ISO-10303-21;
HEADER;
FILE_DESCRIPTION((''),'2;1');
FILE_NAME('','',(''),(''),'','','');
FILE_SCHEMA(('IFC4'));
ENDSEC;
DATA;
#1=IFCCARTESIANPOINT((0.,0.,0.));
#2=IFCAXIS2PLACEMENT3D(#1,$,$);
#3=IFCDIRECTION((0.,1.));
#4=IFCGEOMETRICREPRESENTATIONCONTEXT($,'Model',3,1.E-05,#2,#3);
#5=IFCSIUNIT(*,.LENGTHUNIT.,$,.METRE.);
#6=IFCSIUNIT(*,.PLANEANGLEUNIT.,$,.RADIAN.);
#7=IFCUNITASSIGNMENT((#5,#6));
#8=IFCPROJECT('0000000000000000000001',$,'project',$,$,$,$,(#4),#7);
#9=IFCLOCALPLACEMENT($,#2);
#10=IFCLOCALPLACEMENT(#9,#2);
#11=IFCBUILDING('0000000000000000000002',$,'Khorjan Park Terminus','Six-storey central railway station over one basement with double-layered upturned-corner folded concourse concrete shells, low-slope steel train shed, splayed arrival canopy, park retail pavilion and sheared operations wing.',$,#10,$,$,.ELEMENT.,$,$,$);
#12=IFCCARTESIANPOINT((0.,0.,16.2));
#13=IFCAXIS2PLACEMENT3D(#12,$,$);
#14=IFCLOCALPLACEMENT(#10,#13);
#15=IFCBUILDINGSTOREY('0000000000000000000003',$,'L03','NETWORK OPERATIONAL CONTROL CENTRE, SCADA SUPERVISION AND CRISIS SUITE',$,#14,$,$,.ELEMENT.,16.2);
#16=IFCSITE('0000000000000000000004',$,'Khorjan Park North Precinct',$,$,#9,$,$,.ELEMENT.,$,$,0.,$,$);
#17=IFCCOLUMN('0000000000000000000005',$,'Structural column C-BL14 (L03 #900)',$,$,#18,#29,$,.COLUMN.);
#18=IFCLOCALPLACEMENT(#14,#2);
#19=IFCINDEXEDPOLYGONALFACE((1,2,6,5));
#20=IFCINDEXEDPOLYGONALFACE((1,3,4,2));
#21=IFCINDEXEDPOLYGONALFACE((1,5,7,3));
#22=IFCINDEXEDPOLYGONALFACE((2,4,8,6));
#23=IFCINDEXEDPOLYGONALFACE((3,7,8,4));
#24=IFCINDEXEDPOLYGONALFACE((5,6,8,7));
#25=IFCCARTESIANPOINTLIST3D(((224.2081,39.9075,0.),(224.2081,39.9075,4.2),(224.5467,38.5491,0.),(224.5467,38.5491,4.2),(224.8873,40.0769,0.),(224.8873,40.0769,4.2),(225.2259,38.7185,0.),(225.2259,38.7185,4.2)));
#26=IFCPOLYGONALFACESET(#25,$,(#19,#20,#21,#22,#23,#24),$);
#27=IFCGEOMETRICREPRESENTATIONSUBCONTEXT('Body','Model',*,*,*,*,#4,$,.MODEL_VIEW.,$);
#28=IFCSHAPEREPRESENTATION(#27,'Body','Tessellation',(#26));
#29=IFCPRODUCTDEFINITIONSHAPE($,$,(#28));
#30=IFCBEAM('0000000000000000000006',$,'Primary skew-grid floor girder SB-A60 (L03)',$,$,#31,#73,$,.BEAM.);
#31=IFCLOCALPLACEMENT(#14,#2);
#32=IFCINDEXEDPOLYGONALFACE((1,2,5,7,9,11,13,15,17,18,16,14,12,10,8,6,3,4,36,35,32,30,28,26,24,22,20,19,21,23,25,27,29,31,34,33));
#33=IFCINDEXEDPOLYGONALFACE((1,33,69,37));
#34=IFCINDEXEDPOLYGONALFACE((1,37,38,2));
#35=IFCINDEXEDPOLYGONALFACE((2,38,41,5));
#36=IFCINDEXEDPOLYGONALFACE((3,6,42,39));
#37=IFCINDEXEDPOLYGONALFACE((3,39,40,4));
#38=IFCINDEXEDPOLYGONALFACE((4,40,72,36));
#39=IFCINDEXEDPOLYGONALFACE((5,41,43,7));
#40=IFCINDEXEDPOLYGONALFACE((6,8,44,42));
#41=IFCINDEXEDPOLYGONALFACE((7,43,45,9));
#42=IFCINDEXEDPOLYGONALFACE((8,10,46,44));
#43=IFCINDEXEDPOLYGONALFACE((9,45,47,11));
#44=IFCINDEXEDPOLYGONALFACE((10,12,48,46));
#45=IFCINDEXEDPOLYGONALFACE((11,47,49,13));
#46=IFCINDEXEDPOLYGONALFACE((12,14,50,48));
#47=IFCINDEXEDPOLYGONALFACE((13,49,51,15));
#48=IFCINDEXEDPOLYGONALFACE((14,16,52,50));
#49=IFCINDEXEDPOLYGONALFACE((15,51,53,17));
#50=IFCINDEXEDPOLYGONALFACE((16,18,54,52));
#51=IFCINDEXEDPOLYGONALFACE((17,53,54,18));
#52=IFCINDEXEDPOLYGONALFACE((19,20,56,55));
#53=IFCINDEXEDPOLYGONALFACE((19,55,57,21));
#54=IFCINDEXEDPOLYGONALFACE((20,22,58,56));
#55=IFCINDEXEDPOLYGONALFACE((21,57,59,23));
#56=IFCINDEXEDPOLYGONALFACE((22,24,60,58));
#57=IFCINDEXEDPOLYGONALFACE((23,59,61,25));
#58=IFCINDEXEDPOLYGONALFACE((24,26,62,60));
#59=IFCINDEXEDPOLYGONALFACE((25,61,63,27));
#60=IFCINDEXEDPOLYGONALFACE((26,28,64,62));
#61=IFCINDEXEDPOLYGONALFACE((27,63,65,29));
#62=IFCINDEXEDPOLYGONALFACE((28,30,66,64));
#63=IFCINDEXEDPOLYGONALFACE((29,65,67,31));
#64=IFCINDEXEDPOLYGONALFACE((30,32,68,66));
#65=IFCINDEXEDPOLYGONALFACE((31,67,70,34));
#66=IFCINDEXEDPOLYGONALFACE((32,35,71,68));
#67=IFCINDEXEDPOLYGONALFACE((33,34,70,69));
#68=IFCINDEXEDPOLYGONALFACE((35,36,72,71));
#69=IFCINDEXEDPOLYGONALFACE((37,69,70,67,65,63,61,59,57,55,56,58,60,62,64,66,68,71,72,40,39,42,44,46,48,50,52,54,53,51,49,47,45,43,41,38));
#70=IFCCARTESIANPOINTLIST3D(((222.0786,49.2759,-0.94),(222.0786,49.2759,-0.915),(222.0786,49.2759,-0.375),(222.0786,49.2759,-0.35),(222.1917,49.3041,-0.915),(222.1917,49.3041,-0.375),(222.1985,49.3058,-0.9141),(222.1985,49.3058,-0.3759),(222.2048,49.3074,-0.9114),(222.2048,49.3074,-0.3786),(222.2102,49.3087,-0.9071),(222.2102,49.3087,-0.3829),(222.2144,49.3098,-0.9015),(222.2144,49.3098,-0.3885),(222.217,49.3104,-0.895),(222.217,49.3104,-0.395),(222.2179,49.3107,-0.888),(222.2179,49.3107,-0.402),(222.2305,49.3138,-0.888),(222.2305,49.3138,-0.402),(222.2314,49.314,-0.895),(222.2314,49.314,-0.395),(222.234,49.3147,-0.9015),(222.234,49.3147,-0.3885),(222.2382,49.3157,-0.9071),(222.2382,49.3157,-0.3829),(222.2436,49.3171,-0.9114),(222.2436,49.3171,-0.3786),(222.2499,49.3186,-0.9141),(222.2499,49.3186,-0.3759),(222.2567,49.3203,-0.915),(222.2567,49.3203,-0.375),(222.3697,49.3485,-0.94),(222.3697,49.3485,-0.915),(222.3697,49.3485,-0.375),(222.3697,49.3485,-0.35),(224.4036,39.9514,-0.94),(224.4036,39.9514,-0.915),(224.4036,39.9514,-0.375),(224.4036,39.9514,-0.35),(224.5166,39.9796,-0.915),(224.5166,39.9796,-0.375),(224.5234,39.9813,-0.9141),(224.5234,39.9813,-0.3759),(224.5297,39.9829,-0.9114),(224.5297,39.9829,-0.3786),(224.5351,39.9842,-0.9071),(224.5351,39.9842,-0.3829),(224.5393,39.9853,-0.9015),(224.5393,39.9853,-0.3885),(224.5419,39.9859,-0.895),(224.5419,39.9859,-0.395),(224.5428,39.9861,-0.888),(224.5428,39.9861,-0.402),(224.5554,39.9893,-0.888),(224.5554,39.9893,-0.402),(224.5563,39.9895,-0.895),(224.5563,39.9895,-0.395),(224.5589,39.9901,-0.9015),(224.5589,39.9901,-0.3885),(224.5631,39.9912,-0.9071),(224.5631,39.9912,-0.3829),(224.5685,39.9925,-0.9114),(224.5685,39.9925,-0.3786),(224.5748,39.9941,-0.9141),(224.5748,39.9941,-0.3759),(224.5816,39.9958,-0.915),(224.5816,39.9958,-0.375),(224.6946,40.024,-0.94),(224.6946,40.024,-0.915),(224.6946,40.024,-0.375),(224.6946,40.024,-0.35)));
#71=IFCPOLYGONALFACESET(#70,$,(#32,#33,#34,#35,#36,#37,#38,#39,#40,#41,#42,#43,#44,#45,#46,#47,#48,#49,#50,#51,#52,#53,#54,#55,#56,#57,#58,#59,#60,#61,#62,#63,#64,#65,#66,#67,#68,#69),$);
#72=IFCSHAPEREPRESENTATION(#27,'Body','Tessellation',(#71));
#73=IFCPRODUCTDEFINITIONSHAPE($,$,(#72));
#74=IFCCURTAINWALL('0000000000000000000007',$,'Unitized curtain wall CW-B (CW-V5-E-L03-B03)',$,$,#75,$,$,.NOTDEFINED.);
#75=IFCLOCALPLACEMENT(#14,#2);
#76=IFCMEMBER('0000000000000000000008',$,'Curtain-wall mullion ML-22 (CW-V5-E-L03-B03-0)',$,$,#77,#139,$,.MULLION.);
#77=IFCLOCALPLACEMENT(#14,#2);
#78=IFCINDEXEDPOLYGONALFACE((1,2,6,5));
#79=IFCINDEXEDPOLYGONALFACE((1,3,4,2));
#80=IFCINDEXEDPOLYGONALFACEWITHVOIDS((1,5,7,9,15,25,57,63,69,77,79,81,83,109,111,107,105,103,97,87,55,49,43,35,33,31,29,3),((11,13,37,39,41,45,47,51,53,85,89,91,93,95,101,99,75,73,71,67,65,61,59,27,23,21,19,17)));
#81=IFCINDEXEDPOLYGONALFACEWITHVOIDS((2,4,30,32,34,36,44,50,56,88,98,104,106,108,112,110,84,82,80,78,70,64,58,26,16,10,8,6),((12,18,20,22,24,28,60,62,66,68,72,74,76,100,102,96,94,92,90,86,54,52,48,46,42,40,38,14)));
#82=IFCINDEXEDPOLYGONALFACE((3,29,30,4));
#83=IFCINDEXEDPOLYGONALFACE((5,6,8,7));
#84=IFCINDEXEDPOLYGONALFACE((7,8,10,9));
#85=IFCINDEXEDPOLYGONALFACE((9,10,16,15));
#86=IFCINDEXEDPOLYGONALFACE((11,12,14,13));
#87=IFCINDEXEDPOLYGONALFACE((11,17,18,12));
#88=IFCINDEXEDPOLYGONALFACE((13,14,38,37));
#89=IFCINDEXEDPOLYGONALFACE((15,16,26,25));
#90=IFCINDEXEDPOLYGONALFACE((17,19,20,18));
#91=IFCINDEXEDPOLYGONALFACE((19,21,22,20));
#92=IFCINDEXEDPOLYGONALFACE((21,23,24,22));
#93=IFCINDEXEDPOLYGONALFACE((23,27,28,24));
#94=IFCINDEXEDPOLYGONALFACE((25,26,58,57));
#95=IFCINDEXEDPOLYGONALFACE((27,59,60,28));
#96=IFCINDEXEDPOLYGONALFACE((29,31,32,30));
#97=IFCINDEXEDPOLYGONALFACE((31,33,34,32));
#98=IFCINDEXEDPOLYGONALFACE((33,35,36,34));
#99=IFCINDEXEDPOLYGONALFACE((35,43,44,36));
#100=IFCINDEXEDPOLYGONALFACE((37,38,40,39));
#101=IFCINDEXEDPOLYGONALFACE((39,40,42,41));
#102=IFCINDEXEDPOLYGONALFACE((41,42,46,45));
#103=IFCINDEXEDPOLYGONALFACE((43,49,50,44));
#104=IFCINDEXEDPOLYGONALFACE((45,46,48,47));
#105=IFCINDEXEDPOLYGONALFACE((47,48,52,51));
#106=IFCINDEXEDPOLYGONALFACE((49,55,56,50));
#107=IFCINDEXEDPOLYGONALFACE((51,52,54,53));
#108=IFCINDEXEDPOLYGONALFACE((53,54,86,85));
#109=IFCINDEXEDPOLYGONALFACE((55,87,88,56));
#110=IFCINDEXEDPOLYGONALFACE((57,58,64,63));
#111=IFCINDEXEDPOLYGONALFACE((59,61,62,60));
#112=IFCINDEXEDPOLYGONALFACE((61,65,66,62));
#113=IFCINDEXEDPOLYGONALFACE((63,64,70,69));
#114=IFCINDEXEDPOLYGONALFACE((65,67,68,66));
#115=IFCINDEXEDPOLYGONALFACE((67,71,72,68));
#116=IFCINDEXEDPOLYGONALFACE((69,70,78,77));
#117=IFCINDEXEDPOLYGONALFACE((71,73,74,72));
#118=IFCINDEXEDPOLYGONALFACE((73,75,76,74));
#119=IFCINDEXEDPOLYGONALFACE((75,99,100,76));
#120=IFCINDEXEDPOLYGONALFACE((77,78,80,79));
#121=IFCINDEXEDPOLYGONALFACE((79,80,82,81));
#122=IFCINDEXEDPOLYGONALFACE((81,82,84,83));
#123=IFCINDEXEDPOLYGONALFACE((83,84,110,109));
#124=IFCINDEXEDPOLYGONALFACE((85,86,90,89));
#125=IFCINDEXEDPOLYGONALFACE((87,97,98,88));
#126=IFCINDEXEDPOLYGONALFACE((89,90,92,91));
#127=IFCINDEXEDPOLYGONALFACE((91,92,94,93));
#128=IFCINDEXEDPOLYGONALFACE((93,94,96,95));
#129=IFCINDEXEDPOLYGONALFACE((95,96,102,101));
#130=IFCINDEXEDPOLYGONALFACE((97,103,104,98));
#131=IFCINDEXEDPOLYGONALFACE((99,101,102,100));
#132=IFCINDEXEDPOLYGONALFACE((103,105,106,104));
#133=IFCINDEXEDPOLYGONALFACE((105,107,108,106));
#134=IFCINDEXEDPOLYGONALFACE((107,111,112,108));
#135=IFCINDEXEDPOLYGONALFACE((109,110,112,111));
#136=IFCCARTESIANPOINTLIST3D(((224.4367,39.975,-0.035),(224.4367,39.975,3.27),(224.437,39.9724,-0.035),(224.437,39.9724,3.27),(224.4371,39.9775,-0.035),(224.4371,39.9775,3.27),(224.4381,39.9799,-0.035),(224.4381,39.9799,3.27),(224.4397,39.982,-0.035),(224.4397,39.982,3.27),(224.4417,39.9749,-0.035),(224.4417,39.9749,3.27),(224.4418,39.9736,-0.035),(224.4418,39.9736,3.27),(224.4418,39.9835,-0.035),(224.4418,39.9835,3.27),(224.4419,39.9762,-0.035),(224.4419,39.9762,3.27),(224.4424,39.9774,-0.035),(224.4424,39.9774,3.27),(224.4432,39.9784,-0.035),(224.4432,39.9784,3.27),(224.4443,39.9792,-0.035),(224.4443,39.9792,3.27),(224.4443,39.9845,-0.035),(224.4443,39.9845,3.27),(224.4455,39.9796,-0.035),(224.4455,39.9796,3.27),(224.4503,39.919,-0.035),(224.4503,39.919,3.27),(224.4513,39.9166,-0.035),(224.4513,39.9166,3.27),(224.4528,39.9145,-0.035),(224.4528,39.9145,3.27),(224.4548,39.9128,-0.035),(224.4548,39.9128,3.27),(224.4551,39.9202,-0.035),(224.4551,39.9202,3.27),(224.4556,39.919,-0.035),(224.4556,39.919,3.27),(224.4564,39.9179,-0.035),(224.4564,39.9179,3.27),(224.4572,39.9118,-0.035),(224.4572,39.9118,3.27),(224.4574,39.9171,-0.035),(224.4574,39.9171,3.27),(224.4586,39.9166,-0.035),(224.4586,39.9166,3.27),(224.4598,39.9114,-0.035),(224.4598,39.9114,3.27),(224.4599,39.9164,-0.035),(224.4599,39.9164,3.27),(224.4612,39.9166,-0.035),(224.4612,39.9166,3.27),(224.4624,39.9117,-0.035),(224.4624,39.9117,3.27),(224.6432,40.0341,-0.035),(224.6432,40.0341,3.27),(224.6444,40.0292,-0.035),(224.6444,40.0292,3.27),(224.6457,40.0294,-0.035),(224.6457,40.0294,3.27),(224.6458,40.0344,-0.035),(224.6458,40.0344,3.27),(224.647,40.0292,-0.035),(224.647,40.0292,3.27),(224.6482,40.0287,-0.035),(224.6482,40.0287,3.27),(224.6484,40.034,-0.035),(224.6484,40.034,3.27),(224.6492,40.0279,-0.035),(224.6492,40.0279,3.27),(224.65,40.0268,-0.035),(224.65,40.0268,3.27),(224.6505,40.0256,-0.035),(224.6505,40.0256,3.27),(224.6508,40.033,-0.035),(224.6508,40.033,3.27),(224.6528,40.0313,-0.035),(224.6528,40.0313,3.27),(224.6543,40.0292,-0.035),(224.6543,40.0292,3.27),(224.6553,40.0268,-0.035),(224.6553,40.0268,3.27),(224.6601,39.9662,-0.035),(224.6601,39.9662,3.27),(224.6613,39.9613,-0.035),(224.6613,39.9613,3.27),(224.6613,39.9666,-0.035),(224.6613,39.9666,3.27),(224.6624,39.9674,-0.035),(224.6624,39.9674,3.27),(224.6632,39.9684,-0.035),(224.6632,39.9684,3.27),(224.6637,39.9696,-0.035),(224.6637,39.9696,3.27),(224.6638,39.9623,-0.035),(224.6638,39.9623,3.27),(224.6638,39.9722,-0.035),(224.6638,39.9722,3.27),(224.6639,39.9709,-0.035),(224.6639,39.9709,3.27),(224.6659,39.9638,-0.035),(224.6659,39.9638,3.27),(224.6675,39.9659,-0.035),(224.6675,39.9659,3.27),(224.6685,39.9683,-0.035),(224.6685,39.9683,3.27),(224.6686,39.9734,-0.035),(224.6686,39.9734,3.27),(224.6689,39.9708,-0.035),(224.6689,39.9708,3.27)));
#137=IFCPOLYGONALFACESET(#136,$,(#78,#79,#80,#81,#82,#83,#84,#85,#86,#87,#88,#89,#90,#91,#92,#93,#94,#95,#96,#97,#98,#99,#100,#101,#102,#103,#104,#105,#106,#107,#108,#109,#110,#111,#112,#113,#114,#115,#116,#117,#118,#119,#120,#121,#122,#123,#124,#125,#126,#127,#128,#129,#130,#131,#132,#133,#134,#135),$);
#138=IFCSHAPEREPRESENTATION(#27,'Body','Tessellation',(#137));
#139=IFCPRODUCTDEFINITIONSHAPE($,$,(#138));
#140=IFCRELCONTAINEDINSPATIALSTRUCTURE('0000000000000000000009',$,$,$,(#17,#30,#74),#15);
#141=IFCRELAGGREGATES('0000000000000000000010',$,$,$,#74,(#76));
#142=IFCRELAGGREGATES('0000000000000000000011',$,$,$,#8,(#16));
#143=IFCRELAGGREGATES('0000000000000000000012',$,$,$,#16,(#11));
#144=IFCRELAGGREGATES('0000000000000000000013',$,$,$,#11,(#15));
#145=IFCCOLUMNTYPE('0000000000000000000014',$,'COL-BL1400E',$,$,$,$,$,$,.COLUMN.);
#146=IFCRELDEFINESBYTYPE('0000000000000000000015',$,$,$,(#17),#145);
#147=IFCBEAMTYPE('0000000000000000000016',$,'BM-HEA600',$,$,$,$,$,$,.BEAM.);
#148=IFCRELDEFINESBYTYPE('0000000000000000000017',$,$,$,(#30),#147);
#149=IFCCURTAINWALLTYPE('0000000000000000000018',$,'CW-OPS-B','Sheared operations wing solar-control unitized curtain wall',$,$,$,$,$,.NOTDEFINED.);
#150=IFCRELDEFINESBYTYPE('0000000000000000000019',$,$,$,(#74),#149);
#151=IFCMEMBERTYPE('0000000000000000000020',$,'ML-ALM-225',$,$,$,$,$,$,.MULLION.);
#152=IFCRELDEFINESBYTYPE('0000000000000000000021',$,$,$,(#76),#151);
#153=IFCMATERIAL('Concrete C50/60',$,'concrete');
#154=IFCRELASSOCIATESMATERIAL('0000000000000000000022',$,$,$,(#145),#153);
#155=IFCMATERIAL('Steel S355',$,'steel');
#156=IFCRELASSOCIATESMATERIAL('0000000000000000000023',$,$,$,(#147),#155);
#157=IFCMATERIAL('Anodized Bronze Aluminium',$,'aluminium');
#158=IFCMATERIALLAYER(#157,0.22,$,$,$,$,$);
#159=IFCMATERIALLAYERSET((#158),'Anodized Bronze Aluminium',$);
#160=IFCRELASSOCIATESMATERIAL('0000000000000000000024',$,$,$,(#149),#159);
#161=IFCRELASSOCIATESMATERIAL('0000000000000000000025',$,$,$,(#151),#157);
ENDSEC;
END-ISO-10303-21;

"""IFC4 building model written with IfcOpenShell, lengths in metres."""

from ifc_helpers import new_model, si_unit, direction, frame, origin, origin_2d, place, context, subcontext, project, spatial, rectangle, hollow_rectangle, i_section, extrude, material, layer, layer_set, material_profile, profile_set, type_object, element, aggregate, save


model = new_model("IFC4")

# Units and contexts
model_context = context("Model", 3, precision=1e-05, world=origin(), true_north=direction((0.0, 1.0)))
body_context = subcontext(model_context, "Body", "Model", "MODEL_VIEW")
ifc_project = project(units=[si_unit("LENGTHUNIT", "METRE"), si_unit("PLANEANGLEUNIT", "RADIAN")], contexts=[model_context])

# Site, building, storey
site_placement = place(None, origin())
site = spatial("IfcSite", under=ifc_project, at=site_placement, Name="Khorjan Park North Precinct", CompositionType="ELEMENT", RefElevation=0.0)
building_placement = place(site_placement, origin())
building = spatial("IfcBuilding", under=site, at=building_placement, Name="Khorjan Park Terminus", Description="Six-storey central railway station over one basement with double-layered upturned-corner folded concourse concrete shells, low-slope steel train shed, splayed arrival canopy, park retail pavilion and sheared operations wing.", CompositionType="ELEMENT")
storey_placement = place(building_placement, frame((0.0, 0.0, 16.2)))
storey = spatial("IfcBuildingStorey", under=building, at=storey_placement, Name="L03", Description="NETWORK OPERATIONAL CONTROL CENTRE, SCADA SUPERVISION AND CRISIS SUITE", CompositionType="ELEMENT", Elevation=16.2)

# Column
ifc_material_1 = material(Name="Concrete C50/60", Category="concrete")
ifc_material_profile_1 = material_profile(ifc_material_1, rectangle(XDim=0.7, YDim=1.4, at=origin_2d()), Name="RC 700x1400")
ifc_profile_set_1 = profile_set([ifc_material_profile_1], Name="Concrete C50/60")
column_type = type_object("IfcColumnType", Name="COL-BL1400E", PredefinedType="COLUMN", material=ifc_profile_set_1)
column_placement = place(storey_placement, frame((224.717, 39.313, 0.0), z_axis=(0.0, 0.0, 1.0), x_axis=(0.970296, 0.241922, 0.0)))
element("IfcColumn", 1, at=column_placement, inside=storey, type_object=column_type, Name="Structural column C-BL14 (L03 #900)", PredefinedType="COLUMN", context=body_context, shape_type="SweptSolid", body=[
    extrude(rectangle(XDim=0.7, YDim=1.4, at=origin_2d()), origin(), (0.0, 0.0, 1.0), 4.2),
])

# Beam
ifc_material_2 = material(Name="Steel S355", Category="steel")
ifc_material_profile_2 = material_profile(ifc_material_2, i_section(OverallWidth=0.3, OverallDepth=0.59, WebThickness=0.013, FlangeThickness=0.025, FilletRadius=0.027, at=origin_2d()), Name="HEA 600")
ifc_profile_set_2 = profile_set([ifc_material_profile_2], Name="Steel S355")
beam_type = type_object("IfcBeamType", Name="BM-HEA600", PredefinedType="BEAM", material=ifc_profile_set_2)
beam_placement = place(storey_placement, frame((224.5491, 39.9877, -0.645), z_axis=(-0.241926, 0.970295, 0.0), x_axis=(-0.970295, -0.241926, 0.0)))
element("IfcBeam", 2, at=beam_placement, inside=storey, type_object=beam_type, Name="Primary skew-grid floor girder SB-A60 (L03)", PredefinedType="BEAM", context=body_context, shape_type="SweptSolid", body=[
    extrude(i_section(OverallWidth=0.3, OverallDepth=0.59, WebThickness=0.013, FlangeThickness=0.025, FilletRadius=0.027, at=origin_2d()), origin(), (0.0, 0.0, 1.0), 9.61),
])

# Curtain wall, member
ifc_material_3 = material(Name="Anodized Bronze Aluminium", Category="aluminium")
ifc_layer_1 = layer(ifc_material_3, 0.22)
ifc_layer_set_1 = layer_set([ifc_layer_1], Name="Anodized Bronze Aluminium")
curtain_wall_type = type_object("IfcCurtainWallType", Name="CW-OPS-B", Description="Sheared operations wing solar-control unitized curtain wall", PredefinedType="NOTDEFINED", material=ifc_layer_set_1)
curtain_wall_placement = place(storey_placement, origin())
curtain_wall = element("IfcCurtainWall", 3, at=curtain_wall_placement, inside=storey, type_object=curtain_wall_type, Name="Unitized curtain wall CW-B (CW-V5-E-L03-B03)", PredefinedType="NOTDEFINED")
ifc_material_profile_3 = material_profile(ifc_material_3, hollow_rectangle(XDim=0.075, YDim=0.225, WallThickness=0.005, InnerFilletRadius=0.005, OuterFilletRadius=0.01, at=origin_2d()), Name="ALM 75x225x5")
ifc_profile_set_3 = profile_set([ifc_material_profile_3], Name="Anodized Bronze Aluminium")
member_type_1 = type_object("IfcMemberType", Name="ML-ALM-225", PredefinedType="MULLION", material=ifc_profile_set_3)
member_1_placement = place(storey_placement, frame((224.5528, 39.9729, -0.035), z_axis=(0.0, 0.0, 1.0), x_axis=(-0.241923, 0.970295, 0.0)))
member_1 = element("IfcMember", 4, at=member_1_placement, type_object=member_type_1, Name="Curtain-wall mullion ML-22 (CW-V5-E-L03-B03-0)", PredefinedType="MULLION", context=body_context, shape_type="SweptSolid", body=[
    extrude(hollow_rectangle(XDim=0.075, YDim=0.225, WallThickness=0.005, InnerFilletRadius=0.005, OuterFilletRadius=0.01, at=origin_2d()), origin(), (0.0, 0.0, 1.0), 3.305),
])
aggregate(curtain_wall, [member_1])

save(model, "model.ifc")
